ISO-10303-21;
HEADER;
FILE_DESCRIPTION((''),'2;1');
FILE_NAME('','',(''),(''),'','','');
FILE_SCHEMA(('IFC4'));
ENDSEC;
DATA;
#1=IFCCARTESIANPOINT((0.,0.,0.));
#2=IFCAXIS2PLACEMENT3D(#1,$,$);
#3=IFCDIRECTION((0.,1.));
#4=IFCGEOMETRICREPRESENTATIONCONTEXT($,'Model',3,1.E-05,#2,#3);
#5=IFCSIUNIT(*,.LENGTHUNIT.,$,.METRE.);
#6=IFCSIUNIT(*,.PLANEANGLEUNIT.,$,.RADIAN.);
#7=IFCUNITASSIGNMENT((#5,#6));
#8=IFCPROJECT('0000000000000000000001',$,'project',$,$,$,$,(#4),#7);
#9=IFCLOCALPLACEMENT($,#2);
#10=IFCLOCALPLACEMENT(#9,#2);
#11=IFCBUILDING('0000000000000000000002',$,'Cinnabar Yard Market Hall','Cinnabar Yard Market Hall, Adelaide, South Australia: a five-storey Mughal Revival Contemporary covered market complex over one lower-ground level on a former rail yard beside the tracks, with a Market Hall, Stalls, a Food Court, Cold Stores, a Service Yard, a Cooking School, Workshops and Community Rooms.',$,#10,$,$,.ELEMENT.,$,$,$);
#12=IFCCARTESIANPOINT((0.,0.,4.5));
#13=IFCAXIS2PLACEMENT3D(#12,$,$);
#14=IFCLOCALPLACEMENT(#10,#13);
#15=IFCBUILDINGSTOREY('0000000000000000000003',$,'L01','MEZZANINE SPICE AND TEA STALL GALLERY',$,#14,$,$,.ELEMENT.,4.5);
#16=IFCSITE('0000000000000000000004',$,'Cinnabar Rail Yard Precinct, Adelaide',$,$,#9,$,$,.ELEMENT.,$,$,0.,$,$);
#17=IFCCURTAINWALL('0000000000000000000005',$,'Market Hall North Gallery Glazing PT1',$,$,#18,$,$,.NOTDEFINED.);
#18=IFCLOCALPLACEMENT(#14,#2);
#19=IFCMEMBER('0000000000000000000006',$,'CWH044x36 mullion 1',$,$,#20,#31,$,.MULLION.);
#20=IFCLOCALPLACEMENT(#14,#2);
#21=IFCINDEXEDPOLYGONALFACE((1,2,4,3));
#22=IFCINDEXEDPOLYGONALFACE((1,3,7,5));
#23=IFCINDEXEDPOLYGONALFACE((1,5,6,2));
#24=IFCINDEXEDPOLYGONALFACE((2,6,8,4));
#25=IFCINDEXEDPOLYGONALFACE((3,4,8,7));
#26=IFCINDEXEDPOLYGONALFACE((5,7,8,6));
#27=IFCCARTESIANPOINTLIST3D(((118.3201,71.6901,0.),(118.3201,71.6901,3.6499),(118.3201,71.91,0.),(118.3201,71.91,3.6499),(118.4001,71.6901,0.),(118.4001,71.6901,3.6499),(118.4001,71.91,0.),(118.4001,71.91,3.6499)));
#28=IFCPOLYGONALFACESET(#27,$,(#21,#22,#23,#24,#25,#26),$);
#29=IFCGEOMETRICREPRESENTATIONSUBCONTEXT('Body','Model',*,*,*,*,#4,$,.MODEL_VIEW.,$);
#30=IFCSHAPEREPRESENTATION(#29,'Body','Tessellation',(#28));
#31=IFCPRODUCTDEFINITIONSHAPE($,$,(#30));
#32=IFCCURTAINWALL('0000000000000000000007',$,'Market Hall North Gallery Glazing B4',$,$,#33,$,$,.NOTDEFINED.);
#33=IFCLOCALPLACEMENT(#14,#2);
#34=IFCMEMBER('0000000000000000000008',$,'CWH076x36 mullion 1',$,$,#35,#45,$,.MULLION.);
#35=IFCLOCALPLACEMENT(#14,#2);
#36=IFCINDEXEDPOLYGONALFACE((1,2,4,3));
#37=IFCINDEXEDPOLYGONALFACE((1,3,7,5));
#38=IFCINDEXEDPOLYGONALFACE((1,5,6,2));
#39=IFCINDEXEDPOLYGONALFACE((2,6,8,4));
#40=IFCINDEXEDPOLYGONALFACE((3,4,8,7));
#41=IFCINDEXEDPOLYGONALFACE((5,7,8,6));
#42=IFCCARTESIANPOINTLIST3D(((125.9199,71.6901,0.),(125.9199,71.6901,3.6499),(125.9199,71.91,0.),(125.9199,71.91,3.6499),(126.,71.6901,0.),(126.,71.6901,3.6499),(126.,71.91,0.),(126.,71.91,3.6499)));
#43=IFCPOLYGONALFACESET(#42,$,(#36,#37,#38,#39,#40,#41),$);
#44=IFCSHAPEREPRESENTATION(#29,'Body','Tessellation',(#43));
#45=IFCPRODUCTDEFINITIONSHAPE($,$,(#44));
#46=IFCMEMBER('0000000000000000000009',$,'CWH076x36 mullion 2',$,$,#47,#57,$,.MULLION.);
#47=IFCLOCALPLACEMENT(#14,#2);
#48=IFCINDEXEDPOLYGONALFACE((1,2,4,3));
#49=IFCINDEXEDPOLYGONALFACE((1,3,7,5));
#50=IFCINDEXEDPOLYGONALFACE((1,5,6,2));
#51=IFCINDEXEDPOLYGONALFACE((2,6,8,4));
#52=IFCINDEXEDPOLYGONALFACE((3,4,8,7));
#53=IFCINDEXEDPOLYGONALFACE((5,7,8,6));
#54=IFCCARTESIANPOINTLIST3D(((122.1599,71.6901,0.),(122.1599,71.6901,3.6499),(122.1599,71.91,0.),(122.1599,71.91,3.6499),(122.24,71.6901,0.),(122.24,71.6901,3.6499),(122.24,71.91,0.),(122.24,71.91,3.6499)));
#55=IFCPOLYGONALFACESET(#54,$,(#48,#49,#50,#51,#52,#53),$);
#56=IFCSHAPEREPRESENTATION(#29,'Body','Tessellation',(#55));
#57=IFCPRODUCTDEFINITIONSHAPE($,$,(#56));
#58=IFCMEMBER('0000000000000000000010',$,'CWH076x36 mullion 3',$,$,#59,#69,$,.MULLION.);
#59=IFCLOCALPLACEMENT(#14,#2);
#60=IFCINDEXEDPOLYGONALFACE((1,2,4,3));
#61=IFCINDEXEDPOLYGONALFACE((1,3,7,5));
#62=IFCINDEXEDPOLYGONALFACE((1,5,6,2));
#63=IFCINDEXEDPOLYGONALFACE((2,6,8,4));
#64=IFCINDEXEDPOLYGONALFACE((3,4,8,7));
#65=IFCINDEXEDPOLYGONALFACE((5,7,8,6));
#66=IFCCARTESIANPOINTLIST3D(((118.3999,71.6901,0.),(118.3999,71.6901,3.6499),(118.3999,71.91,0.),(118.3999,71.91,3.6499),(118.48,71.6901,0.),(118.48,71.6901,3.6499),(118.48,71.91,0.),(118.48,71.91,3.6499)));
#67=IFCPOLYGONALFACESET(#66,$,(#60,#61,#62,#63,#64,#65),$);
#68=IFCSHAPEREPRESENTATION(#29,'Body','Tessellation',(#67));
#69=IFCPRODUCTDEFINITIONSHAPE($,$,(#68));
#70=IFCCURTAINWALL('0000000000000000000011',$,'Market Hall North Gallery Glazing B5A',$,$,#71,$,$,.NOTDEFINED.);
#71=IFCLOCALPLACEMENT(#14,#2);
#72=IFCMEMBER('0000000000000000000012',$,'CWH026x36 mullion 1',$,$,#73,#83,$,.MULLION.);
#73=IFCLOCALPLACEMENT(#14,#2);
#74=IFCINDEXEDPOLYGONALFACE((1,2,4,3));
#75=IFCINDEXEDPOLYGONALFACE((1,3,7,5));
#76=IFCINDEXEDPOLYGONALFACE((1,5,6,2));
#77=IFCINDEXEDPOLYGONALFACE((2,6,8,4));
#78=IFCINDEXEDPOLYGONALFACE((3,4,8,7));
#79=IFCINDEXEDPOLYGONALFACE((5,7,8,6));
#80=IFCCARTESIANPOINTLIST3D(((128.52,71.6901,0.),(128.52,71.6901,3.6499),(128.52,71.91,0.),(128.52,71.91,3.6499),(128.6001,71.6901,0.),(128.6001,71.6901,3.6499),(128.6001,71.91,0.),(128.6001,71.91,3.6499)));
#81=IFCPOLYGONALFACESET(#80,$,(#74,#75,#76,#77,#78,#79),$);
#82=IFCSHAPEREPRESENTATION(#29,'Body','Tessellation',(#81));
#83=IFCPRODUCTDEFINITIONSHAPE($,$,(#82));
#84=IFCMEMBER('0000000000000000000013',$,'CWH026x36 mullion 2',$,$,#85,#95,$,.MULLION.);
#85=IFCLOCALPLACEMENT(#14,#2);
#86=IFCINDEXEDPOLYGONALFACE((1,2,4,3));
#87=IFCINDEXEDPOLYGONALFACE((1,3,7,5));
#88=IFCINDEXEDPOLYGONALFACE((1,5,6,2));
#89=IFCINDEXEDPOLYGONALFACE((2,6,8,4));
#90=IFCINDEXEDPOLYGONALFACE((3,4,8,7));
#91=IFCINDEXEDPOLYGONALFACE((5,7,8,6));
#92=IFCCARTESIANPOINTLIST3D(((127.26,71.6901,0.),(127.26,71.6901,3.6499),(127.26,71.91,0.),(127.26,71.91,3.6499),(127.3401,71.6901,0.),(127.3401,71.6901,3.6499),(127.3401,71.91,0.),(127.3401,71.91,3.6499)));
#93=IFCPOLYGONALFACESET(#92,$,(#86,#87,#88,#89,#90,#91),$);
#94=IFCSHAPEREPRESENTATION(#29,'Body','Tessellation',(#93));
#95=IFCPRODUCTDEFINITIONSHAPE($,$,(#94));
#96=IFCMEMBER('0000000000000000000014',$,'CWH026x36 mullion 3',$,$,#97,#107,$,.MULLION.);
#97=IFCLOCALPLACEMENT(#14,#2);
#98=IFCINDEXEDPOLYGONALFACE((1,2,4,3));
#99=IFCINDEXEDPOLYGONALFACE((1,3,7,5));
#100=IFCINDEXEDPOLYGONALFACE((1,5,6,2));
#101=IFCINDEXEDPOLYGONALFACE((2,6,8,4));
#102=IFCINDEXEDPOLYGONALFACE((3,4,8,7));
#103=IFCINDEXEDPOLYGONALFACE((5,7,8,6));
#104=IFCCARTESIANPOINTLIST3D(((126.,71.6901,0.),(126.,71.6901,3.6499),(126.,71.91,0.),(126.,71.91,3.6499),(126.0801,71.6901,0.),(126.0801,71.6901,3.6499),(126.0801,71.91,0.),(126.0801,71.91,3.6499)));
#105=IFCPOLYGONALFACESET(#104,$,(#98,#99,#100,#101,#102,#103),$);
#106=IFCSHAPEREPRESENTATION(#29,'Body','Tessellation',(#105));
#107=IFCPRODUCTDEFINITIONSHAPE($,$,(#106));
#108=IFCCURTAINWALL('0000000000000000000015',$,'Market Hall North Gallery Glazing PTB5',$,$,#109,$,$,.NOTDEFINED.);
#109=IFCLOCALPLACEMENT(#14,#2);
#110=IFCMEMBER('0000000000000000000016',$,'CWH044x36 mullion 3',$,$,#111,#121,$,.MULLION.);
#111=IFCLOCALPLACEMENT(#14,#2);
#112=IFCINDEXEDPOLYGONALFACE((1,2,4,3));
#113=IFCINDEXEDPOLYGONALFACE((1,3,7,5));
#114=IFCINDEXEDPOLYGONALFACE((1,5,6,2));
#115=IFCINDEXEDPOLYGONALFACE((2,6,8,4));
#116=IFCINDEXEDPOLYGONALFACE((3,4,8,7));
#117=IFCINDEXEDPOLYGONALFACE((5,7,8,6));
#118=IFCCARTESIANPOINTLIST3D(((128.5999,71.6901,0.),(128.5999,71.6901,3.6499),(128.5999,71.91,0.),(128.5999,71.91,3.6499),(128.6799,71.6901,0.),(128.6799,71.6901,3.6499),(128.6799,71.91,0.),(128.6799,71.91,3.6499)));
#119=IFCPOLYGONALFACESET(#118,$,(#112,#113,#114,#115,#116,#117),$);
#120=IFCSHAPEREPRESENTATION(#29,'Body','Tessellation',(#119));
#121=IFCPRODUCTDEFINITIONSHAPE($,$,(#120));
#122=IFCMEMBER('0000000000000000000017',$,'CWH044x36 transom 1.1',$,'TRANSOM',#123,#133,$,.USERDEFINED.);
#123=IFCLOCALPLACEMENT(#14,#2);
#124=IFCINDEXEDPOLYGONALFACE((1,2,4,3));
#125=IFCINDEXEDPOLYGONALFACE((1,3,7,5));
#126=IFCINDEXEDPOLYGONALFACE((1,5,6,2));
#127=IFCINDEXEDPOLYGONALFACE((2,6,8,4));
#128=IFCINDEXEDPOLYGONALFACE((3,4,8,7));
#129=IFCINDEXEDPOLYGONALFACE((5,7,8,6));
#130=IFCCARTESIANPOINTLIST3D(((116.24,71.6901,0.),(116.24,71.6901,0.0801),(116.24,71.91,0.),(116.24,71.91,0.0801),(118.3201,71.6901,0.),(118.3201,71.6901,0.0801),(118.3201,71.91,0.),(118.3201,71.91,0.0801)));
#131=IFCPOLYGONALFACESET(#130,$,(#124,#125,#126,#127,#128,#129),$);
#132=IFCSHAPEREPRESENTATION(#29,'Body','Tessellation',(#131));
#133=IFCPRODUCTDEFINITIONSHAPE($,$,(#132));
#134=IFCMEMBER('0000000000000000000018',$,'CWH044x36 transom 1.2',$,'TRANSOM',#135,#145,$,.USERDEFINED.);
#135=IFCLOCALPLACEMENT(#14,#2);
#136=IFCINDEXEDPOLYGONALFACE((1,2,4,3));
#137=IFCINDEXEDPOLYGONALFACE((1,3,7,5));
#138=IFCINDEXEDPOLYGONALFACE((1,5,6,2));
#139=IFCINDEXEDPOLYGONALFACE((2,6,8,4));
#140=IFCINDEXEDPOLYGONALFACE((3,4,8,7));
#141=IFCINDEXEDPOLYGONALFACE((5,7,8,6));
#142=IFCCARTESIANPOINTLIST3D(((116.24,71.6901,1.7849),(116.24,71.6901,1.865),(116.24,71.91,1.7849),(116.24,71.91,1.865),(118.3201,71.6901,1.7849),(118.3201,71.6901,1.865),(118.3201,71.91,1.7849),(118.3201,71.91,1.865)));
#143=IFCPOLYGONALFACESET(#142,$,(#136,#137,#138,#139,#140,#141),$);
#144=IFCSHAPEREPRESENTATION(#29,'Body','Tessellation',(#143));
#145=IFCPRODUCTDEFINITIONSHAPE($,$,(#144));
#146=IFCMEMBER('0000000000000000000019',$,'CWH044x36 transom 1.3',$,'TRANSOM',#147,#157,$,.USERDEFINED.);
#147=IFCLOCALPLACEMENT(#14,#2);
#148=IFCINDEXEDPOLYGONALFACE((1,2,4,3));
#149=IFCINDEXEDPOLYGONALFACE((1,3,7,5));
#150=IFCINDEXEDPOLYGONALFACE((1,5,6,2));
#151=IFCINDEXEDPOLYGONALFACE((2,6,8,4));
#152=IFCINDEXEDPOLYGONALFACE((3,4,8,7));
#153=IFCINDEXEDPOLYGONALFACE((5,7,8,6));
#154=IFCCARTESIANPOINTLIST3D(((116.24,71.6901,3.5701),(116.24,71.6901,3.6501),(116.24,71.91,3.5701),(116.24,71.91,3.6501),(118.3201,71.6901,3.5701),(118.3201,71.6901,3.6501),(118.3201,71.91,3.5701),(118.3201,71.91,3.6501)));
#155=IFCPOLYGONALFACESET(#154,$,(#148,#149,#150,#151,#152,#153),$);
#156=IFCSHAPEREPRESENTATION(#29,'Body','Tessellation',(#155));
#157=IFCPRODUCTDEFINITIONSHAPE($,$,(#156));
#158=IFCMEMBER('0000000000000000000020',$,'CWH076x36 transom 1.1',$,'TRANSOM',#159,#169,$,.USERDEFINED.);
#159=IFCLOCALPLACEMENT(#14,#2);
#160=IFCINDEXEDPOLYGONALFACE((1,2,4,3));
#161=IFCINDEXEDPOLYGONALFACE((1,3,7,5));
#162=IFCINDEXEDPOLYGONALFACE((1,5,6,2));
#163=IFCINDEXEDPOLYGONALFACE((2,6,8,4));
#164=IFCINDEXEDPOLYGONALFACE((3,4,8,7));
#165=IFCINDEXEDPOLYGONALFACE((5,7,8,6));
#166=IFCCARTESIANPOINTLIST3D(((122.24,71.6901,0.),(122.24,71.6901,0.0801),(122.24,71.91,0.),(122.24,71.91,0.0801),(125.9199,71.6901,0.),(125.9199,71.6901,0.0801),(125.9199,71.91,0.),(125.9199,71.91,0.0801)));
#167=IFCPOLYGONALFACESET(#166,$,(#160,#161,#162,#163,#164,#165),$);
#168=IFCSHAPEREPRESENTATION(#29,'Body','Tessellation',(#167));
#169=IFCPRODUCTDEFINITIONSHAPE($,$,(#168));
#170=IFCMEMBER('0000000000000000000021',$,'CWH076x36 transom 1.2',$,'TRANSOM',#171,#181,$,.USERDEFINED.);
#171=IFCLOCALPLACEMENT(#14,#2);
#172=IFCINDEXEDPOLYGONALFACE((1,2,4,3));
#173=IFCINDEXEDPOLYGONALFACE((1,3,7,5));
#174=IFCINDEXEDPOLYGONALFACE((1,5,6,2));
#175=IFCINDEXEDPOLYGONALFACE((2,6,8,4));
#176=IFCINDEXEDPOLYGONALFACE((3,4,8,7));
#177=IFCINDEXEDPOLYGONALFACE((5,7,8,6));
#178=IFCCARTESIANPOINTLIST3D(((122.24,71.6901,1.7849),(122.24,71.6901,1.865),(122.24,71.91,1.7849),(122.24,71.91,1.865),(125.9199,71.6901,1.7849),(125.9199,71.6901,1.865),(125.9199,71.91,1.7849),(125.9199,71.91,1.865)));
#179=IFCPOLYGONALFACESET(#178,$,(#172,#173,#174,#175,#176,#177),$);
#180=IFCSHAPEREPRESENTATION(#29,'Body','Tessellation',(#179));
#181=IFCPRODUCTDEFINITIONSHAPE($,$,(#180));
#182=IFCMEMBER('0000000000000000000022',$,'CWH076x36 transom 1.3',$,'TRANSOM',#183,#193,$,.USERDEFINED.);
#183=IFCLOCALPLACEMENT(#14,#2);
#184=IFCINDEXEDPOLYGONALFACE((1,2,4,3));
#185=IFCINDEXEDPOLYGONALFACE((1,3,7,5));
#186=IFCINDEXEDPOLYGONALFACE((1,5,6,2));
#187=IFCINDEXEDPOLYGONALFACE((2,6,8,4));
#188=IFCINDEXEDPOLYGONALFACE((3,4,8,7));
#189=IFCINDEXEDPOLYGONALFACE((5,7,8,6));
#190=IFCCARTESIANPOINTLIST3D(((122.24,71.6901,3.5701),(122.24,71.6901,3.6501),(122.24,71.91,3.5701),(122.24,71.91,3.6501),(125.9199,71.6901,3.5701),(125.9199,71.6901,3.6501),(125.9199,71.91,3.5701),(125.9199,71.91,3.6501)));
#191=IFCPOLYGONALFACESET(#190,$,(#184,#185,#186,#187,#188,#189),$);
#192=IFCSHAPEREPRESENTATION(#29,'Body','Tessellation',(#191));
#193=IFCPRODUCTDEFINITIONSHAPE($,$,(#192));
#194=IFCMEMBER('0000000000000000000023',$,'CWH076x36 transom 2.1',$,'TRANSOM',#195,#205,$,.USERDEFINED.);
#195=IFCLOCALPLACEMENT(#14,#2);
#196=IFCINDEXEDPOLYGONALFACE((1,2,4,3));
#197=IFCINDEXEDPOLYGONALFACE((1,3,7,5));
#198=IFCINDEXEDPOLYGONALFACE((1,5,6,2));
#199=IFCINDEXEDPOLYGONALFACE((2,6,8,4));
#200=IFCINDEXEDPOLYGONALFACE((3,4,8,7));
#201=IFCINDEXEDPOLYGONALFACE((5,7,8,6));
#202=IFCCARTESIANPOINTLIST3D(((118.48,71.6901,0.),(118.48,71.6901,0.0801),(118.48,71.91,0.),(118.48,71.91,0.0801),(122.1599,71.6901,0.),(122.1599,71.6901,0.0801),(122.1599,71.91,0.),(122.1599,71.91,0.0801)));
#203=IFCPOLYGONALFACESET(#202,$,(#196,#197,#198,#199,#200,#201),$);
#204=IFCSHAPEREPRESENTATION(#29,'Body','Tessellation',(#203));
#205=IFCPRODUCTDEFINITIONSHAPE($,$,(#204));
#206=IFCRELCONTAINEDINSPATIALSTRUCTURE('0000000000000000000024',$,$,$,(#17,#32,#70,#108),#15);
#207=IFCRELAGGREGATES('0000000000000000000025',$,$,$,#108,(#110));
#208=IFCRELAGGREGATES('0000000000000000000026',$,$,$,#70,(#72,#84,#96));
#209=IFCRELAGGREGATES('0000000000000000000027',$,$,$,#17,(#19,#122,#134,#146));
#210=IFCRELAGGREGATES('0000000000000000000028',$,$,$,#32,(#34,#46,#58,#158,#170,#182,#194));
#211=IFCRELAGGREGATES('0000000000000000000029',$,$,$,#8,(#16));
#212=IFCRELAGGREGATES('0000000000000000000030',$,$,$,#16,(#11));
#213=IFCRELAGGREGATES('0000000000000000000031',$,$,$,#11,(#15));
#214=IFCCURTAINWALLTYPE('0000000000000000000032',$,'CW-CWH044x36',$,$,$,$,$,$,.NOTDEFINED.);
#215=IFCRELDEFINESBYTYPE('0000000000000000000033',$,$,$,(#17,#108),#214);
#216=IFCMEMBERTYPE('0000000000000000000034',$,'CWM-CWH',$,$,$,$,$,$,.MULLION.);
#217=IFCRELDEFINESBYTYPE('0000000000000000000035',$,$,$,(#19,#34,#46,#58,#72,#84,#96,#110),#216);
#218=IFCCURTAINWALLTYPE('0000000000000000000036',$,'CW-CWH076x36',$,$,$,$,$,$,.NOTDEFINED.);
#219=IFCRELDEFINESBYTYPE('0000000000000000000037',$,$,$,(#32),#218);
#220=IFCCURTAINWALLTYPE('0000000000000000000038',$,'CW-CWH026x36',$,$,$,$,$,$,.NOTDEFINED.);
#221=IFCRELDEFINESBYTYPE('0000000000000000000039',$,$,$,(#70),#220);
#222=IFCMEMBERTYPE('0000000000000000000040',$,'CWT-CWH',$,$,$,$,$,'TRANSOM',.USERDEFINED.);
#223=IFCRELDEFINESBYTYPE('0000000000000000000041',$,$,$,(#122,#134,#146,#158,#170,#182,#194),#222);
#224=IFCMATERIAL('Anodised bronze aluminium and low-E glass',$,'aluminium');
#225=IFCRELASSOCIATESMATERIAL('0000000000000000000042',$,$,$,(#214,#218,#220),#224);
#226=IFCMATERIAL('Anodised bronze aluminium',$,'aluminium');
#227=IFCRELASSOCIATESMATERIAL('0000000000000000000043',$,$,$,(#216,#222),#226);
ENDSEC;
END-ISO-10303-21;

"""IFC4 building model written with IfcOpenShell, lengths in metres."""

from ifc_helpers import new_model, si_unit, direction, frame, origin, origin_2d_with_axis, place, context, subcontext, project, spatial, rectangle, extrude, material, material_profile, profile_set, type_object, element, aggregate, save


model = new_model("IFC4")

# Units and contexts
model_context = context("Model", 3, precision=1e-05, world=origin(), true_north=direction((0.0, 1.0)))
body_context = subcontext(model_context, "Body", "Model", "MODEL_VIEW")
ifc_project = project(units=[si_unit("LENGTHUNIT", "METRE"), si_unit("PLANEANGLEUNIT", "RADIAN")], contexts=[model_context])

# Site, building, storey
site_placement = place(None, origin())
site = spatial("IfcSite", under=ifc_project, at=site_placement, Name="Cinnabar Rail Yard Precinct, Adelaide", CompositionType="ELEMENT", RefElevation=0.0)
building_placement = place(site_placement, origin())
building = spatial("IfcBuilding", under=site, at=building_placement, Name="Cinnabar Yard Market Hall", Description="Cinnabar Yard Market Hall, Adelaide, South Australia: a five-storey Mughal Revival Contemporary covered market complex over one lower-ground level on a former rail yard beside the tracks, with a Market Hall, Stalls, a Food Court, Cold Stores, a Service Yard, a Cooking School, Workshops and Community Rooms.", CompositionType="ELEMENT")
storey_placement = place(building_placement, frame((0.0, 0.0, 4.5)))
storey = spatial("IfcBuildingStorey", under=building, at=storey_placement, Name="L01", Description="MEZZANINE SPICE AND TEA STALL GALLERY", CompositionType="ELEMENT", Elevation=4.5)

# Curtain wall, member
ifc_material_1 = material(Name="Anodised bronze aluminium and low-E glass", Category="aluminium")
curtain_wall_type_1 = type_object("IfcCurtainWallType", Name="CW-CWH044x36", PredefinedType="NOTDEFINED", material=ifc_material_1)
curtain_wall_1_placement = place(storey_placement, origin())
curtain_wall_1 = element("IfcCurtainWall", 1, at=curtain_wall_1_placement, inside=storey, type_object=curtain_wall_type_1, Name="Market Hall North Gallery Glazing PT1", PredefinedType="NOTDEFINED")
ifc_material_2 = material(Name="Anodised bronze aluminium", Category="aluminium")
ifc_material_profile_1 = material_profile(ifc_material_2, rectangle(XDim=0.22, YDim=0.0801, at=origin_2d_with_axis()), Name="MUL-CWH")
ifc_profile_set_1 = profile_set([ifc_material_profile_1], Name="Anodised bronze aluminium")
member_type_1 = type_object("IfcMemberType", Name="CWM-CWH", PredefinedType="MULLION", material=ifc_profile_set_1)
member_1_placement = place(storey_placement, frame((118.3601, 71.8, 0.0), z_axis=(0.0, 0.0, 1.0), x_axis=(0.0, -1.0, 0.0)))
member_1 = element("IfcMember", 2, at=member_1_placement, type_object=member_type_1, Name="CWH044x36 mullion 1", PredefinedType="MULLION", context=body_context, shape_type="SweptSolid", body=[
    extrude(rectangle(XDim=0.22, YDim=0.0801, at=origin_2d_with_axis()), origin(), (0.0, 0.0, 1.0), 3.6499),
])

# Curtain walls, members
curtain_wall_type_2 = type_object("IfcCurtainWallType", Name="CW-CWH076x36", PredefinedType="NOTDEFINED", material=ifc_material_1)
curtain_wall_2_placement = place(storey_placement, origin())
curtain_wall_2 = element("IfcCurtainWall", 3, at=curtain_wall_2_placement, inside=storey, type_object=curtain_wall_type_2, Name="Market Hall North Gallery Glazing B4", PredefinedType="NOTDEFINED")
member_2_placement = place(storey_placement, frame((125.96, 71.8, 0.0), z_axis=(0.0, 0.0, 1.0), x_axis=(0.0, -1.0, 0.0)))
member_2 = element("IfcMember", 4, at=member_2_placement, type_object=member_type_1, Name="CWH076x36 mullion 1", PredefinedType="MULLION", context=body_context, shape_type="SweptSolid", body=[
    extrude(rectangle(XDim=0.22, YDim=0.0801, at=origin_2d_with_axis()), origin(), (0.0, 0.0, 1.0), 3.6499),
])
member_3_placement = place(storey_placement, frame((122.2, 71.8, 0.0), z_axis=(0.0, 0.0, 1.0), x_axis=(0.0, -1.0, 0.0)))
member_3 = element("IfcMember", 5, at=member_3_placement, type_object=member_type_1, Name="CWH076x36 mullion 2", PredefinedType="MULLION", context=body_context, shape_type="SweptSolid", body=[
    extrude(rectangle(XDim=0.22, YDim=0.0801, at=origin_2d_with_axis()), origin(), (0.0, 0.0, 1.0), 3.6499),
])
member_4_placement = place(storey_placement, frame((118.4399, 71.8, 0.0), z_axis=(0.0, 0.0, 1.0), x_axis=(0.0, -1.0, 0.0)))
member_4 = element("IfcMember", 6, at=member_4_placement, type_object=member_type_1, Name="CWH076x36 mullion 3", PredefinedType="MULLION", context=body_context, shape_type="SweptSolid", body=[
    extrude(rectangle(XDim=0.22, YDim=0.0801, at=origin_2d_with_axis()), origin(), (0.0, 0.0, 1.0), 3.6499),
])
curtain_wall_type_3 = type_object("IfcCurtainWallType", Name="CW-CWH026x36", PredefinedType="NOTDEFINED", material=ifc_material_1)
curtain_wall_3_placement = place(storey_placement, origin())
curtain_wall_3 = element("IfcCurtainWall", 7, at=curtain_wall_3_placement, inside=storey, type_object=curtain_wall_type_3, Name="Market Hall North Gallery Glazing B5A", PredefinedType="NOTDEFINED")
member_5_placement = place(storey_placement, frame((128.5601, 71.8, 0.0), z_axis=(0.0, 0.0, 1.0), x_axis=(0.0, -1.0, 0.0)))
member_5 = element("IfcMember", 8, at=member_5_placement, type_object=member_type_1, Name="CWH026x36 mullion 1", PredefinedType="MULLION", context=body_context, shape_type="SweptSolid", body=[
    extrude(rectangle(XDim=0.22, YDim=0.0801, at=origin_2d_with_axis()), origin(), (0.0, 0.0, 1.0), 3.6499),
])
member_6_placement = place(storey_placement, frame((127.3, 71.8, 0.0), z_axis=(0.0, 0.0, 1.0), x_axis=(0.0, -1.0, 0.0)))
member_6 = element("IfcMember", 9, at=member_6_placement, type_object=member_type_1, Name="CWH026x36 mullion 2", PredefinedType="MULLION", context=body_context, shape_type="SweptSolid", body=[
    extrude(rectangle(XDim=0.22, YDim=0.0801, at=origin_2d_with_axis()), origin(), (0.0, 0.0, 1.0), 3.6499),
])
member_7_placement = place(storey_placement, frame((126.04, 71.8, 0.0), z_axis=(0.0, 0.0, 1.0), x_axis=(0.0, -1.0, 0.0)))
member_7 = element("IfcMember", 10, at=member_7_placement, type_object=member_type_1, Name="CWH026x36 mullion 3", PredefinedType="MULLION", context=body_context, shape_type="SweptSolid", body=[
    extrude(rectangle(XDim=0.22, YDim=0.0801, at=origin_2d_with_axis()), origin(), (0.0, 0.0, 1.0), 3.6499),
])

# Curtain wall, member
curtain_wall_4_placement = place(storey_placement, origin())
curtain_wall_4 = element("IfcCurtainWall", 11, at=curtain_wall_4_placement, inside=storey, type_object=curtain_wall_type_1, Name="Market Hall North Gallery Glazing PTB5", PredefinedType="NOTDEFINED")
member_8_placement = place(storey_placement, frame((128.6399, 71.8, 0.0), z_axis=(0.0, 0.0, 1.0), x_axis=(0.0, -1.0, 0.0)))
member_8 = element("IfcMember", 12, at=member_8_placement, type_object=member_type_1, Name="CWH044x36 mullion 3", PredefinedType="MULLION", context=body_context, shape_type="SweptSolid", body=[
    extrude(rectangle(XDim=0.22, YDim=0.0801, at=origin_2d_with_axis()), origin(), (0.0, 0.0, 1.0), 3.6499),
])
aggregate(curtain_wall_4, [member_8])

# Members
ifc_material_profile_2 = material_profile(ifc_material_2, rectangle(XDim=0.22, YDim=0.0801, at=origin_2d_with_axis()), Name="TRN-CWH")
ifc_profile_set_2 = profile_set([ifc_material_profile_2], Name="Anodised bronze aluminium")
member_type_2 = type_object("IfcMemberType", Name="CWT-CWH", ElementType="TRANSOM", PredefinedType="USERDEFINED", material=ifc_profile_set_2)
member_9_placement = place(storey_placement, frame((118.3201, 71.8, 0.04), z_axis=(-1.0, 0.0, 0.0), x_axis=(0.0, -1.0, 0.0)))
member_9 = element("IfcMember", 13, at=member_9_placement, type_object=member_type_2, Name="CWH044x36 transom 1.1", ObjectType="TRANSOM", PredefinedType="USERDEFINED", context=body_context, shape_type="SweptSolid", body=[
    extrude(rectangle(XDim=0.22, YDim=0.0801, at=origin_2d_with_axis()), origin(), (0.0, 0.0, 1.0), 2.0801),
])
member_10_placement = place(storey_placement, frame((118.3201, 71.8, 1.825), z_axis=(-1.0, 0.0, 0.0), x_axis=(0.0, -1.0, 0.0)))
member_10 = element("IfcMember", 14, at=member_10_placement, type_object=member_type_2, Name="CWH044x36 transom 1.2", ObjectType="TRANSOM", PredefinedType="USERDEFINED", context=body_context, shape_type="SweptSolid", body=[
    extrude(rectangle(XDim=0.22, YDim=0.0801, at=origin_2d_with_axis()), origin(), (0.0, 0.0, 1.0), 2.0801),
])
member_11_placement = place(storey_placement, frame((118.3201, 71.8, 3.6101), z_axis=(-1.0, 0.0, 0.0), x_axis=(0.0, -1.0, 0.0)))
member_11 = element("IfcMember", 15, at=member_11_placement, type_object=member_type_2, Name="CWH044x36 transom 1.3", ObjectType="TRANSOM", PredefinedType="USERDEFINED", context=body_context, shape_type="SweptSolid", body=[
    extrude(rectangle(XDim=0.22, YDim=0.0801, at=origin_2d_with_axis()), origin(), (0.0, 0.0, 1.0), 2.0801),
])
member_12_placement = place(storey_placement, frame((125.9199, 71.8, 0.04), z_axis=(-1.0, 0.0, 0.0), x_axis=(0.0, -1.0, 0.0)))
member_12 = element("IfcMember", 16, at=member_12_placement, type_object=member_type_2, Name="CWH076x36 transom 1.1", ObjectType="TRANSOM", PredefinedType="USERDEFINED", context=body_context, shape_type="SweptSolid", body=[
    extrude(rectangle(XDim=0.22, YDim=0.0801, at=origin_2d_with_axis()), origin(), (0.0, 0.0, 1.0), 3.6799),
])
member_13_placement = place(storey_placement, frame((125.9199, 71.8, 1.825), z_axis=(-1.0, 0.0, 0.0), x_axis=(0.0, -1.0, 0.0)))
member_13 = element("IfcMember", 17, at=member_13_placement, type_object=member_type_2, Name="CWH076x36 transom 1.2", ObjectType="TRANSOM", PredefinedType="USERDEFINED", context=body_context, shape_type="SweptSolid", body=[
    extrude(rectangle(XDim=0.22, YDim=0.0801, at=origin_2d_with_axis()), origin(), (0.0, 0.0, 1.0), 3.6799),
])
member_14_placement = place(storey_placement, frame((125.9199, 71.8, 3.6101), z_axis=(-1.0, 0.0, 0.0), x_axis=(0.0, -1.0, 0.0)))
member_14 = element("IfcMember", 18, at=member_14_placement, type_object=member_type_2, Name="CWH076x36 transom 1.3", ObjectType="TRANSOM", PredefinedType="USERDEFINED", context=body_context, shape_type="SweptSolid", body=[
    extrude(rectangle(XDim=0.22, YDim=0.0801, at=origin_2d_with_axis()), origin(), (0.0, 0.0, 1.0), 3.6799),
])
member_15_placement = place(storey_placement, frame((122.1599, 71.8, 0.04), z_axis=(-1.0, 0.0, 0.0), x_axis=(0.0, -1.0, 0.0)))
member_15 = element("IfcMember", 19, at=member_15_placement, type_object=member_type_2, Name="CWH076x36 transom 2.1", ObjectType="TRANSOM", PredefinedType="USERDEFINED", context=body_context, shape_type="SweptSolid", body=[
    extrude(rectangle(XDim=0.22, YDim=0.0801, at=origin_2d_with_axis()), origin(), (0.0, 0.0, 1.0), 3.6799),
])

aggregate(curtain_wall_3, [member_5, member_6, member_7])
aggregate(curtain_wall_1, [member_1, member_9, member_10, member_11])
aggregate(curtain_wall_2, [member_2, member_3, member_4, member_12, member_13, member_14, member_15])

save(model, "model.ifc")
